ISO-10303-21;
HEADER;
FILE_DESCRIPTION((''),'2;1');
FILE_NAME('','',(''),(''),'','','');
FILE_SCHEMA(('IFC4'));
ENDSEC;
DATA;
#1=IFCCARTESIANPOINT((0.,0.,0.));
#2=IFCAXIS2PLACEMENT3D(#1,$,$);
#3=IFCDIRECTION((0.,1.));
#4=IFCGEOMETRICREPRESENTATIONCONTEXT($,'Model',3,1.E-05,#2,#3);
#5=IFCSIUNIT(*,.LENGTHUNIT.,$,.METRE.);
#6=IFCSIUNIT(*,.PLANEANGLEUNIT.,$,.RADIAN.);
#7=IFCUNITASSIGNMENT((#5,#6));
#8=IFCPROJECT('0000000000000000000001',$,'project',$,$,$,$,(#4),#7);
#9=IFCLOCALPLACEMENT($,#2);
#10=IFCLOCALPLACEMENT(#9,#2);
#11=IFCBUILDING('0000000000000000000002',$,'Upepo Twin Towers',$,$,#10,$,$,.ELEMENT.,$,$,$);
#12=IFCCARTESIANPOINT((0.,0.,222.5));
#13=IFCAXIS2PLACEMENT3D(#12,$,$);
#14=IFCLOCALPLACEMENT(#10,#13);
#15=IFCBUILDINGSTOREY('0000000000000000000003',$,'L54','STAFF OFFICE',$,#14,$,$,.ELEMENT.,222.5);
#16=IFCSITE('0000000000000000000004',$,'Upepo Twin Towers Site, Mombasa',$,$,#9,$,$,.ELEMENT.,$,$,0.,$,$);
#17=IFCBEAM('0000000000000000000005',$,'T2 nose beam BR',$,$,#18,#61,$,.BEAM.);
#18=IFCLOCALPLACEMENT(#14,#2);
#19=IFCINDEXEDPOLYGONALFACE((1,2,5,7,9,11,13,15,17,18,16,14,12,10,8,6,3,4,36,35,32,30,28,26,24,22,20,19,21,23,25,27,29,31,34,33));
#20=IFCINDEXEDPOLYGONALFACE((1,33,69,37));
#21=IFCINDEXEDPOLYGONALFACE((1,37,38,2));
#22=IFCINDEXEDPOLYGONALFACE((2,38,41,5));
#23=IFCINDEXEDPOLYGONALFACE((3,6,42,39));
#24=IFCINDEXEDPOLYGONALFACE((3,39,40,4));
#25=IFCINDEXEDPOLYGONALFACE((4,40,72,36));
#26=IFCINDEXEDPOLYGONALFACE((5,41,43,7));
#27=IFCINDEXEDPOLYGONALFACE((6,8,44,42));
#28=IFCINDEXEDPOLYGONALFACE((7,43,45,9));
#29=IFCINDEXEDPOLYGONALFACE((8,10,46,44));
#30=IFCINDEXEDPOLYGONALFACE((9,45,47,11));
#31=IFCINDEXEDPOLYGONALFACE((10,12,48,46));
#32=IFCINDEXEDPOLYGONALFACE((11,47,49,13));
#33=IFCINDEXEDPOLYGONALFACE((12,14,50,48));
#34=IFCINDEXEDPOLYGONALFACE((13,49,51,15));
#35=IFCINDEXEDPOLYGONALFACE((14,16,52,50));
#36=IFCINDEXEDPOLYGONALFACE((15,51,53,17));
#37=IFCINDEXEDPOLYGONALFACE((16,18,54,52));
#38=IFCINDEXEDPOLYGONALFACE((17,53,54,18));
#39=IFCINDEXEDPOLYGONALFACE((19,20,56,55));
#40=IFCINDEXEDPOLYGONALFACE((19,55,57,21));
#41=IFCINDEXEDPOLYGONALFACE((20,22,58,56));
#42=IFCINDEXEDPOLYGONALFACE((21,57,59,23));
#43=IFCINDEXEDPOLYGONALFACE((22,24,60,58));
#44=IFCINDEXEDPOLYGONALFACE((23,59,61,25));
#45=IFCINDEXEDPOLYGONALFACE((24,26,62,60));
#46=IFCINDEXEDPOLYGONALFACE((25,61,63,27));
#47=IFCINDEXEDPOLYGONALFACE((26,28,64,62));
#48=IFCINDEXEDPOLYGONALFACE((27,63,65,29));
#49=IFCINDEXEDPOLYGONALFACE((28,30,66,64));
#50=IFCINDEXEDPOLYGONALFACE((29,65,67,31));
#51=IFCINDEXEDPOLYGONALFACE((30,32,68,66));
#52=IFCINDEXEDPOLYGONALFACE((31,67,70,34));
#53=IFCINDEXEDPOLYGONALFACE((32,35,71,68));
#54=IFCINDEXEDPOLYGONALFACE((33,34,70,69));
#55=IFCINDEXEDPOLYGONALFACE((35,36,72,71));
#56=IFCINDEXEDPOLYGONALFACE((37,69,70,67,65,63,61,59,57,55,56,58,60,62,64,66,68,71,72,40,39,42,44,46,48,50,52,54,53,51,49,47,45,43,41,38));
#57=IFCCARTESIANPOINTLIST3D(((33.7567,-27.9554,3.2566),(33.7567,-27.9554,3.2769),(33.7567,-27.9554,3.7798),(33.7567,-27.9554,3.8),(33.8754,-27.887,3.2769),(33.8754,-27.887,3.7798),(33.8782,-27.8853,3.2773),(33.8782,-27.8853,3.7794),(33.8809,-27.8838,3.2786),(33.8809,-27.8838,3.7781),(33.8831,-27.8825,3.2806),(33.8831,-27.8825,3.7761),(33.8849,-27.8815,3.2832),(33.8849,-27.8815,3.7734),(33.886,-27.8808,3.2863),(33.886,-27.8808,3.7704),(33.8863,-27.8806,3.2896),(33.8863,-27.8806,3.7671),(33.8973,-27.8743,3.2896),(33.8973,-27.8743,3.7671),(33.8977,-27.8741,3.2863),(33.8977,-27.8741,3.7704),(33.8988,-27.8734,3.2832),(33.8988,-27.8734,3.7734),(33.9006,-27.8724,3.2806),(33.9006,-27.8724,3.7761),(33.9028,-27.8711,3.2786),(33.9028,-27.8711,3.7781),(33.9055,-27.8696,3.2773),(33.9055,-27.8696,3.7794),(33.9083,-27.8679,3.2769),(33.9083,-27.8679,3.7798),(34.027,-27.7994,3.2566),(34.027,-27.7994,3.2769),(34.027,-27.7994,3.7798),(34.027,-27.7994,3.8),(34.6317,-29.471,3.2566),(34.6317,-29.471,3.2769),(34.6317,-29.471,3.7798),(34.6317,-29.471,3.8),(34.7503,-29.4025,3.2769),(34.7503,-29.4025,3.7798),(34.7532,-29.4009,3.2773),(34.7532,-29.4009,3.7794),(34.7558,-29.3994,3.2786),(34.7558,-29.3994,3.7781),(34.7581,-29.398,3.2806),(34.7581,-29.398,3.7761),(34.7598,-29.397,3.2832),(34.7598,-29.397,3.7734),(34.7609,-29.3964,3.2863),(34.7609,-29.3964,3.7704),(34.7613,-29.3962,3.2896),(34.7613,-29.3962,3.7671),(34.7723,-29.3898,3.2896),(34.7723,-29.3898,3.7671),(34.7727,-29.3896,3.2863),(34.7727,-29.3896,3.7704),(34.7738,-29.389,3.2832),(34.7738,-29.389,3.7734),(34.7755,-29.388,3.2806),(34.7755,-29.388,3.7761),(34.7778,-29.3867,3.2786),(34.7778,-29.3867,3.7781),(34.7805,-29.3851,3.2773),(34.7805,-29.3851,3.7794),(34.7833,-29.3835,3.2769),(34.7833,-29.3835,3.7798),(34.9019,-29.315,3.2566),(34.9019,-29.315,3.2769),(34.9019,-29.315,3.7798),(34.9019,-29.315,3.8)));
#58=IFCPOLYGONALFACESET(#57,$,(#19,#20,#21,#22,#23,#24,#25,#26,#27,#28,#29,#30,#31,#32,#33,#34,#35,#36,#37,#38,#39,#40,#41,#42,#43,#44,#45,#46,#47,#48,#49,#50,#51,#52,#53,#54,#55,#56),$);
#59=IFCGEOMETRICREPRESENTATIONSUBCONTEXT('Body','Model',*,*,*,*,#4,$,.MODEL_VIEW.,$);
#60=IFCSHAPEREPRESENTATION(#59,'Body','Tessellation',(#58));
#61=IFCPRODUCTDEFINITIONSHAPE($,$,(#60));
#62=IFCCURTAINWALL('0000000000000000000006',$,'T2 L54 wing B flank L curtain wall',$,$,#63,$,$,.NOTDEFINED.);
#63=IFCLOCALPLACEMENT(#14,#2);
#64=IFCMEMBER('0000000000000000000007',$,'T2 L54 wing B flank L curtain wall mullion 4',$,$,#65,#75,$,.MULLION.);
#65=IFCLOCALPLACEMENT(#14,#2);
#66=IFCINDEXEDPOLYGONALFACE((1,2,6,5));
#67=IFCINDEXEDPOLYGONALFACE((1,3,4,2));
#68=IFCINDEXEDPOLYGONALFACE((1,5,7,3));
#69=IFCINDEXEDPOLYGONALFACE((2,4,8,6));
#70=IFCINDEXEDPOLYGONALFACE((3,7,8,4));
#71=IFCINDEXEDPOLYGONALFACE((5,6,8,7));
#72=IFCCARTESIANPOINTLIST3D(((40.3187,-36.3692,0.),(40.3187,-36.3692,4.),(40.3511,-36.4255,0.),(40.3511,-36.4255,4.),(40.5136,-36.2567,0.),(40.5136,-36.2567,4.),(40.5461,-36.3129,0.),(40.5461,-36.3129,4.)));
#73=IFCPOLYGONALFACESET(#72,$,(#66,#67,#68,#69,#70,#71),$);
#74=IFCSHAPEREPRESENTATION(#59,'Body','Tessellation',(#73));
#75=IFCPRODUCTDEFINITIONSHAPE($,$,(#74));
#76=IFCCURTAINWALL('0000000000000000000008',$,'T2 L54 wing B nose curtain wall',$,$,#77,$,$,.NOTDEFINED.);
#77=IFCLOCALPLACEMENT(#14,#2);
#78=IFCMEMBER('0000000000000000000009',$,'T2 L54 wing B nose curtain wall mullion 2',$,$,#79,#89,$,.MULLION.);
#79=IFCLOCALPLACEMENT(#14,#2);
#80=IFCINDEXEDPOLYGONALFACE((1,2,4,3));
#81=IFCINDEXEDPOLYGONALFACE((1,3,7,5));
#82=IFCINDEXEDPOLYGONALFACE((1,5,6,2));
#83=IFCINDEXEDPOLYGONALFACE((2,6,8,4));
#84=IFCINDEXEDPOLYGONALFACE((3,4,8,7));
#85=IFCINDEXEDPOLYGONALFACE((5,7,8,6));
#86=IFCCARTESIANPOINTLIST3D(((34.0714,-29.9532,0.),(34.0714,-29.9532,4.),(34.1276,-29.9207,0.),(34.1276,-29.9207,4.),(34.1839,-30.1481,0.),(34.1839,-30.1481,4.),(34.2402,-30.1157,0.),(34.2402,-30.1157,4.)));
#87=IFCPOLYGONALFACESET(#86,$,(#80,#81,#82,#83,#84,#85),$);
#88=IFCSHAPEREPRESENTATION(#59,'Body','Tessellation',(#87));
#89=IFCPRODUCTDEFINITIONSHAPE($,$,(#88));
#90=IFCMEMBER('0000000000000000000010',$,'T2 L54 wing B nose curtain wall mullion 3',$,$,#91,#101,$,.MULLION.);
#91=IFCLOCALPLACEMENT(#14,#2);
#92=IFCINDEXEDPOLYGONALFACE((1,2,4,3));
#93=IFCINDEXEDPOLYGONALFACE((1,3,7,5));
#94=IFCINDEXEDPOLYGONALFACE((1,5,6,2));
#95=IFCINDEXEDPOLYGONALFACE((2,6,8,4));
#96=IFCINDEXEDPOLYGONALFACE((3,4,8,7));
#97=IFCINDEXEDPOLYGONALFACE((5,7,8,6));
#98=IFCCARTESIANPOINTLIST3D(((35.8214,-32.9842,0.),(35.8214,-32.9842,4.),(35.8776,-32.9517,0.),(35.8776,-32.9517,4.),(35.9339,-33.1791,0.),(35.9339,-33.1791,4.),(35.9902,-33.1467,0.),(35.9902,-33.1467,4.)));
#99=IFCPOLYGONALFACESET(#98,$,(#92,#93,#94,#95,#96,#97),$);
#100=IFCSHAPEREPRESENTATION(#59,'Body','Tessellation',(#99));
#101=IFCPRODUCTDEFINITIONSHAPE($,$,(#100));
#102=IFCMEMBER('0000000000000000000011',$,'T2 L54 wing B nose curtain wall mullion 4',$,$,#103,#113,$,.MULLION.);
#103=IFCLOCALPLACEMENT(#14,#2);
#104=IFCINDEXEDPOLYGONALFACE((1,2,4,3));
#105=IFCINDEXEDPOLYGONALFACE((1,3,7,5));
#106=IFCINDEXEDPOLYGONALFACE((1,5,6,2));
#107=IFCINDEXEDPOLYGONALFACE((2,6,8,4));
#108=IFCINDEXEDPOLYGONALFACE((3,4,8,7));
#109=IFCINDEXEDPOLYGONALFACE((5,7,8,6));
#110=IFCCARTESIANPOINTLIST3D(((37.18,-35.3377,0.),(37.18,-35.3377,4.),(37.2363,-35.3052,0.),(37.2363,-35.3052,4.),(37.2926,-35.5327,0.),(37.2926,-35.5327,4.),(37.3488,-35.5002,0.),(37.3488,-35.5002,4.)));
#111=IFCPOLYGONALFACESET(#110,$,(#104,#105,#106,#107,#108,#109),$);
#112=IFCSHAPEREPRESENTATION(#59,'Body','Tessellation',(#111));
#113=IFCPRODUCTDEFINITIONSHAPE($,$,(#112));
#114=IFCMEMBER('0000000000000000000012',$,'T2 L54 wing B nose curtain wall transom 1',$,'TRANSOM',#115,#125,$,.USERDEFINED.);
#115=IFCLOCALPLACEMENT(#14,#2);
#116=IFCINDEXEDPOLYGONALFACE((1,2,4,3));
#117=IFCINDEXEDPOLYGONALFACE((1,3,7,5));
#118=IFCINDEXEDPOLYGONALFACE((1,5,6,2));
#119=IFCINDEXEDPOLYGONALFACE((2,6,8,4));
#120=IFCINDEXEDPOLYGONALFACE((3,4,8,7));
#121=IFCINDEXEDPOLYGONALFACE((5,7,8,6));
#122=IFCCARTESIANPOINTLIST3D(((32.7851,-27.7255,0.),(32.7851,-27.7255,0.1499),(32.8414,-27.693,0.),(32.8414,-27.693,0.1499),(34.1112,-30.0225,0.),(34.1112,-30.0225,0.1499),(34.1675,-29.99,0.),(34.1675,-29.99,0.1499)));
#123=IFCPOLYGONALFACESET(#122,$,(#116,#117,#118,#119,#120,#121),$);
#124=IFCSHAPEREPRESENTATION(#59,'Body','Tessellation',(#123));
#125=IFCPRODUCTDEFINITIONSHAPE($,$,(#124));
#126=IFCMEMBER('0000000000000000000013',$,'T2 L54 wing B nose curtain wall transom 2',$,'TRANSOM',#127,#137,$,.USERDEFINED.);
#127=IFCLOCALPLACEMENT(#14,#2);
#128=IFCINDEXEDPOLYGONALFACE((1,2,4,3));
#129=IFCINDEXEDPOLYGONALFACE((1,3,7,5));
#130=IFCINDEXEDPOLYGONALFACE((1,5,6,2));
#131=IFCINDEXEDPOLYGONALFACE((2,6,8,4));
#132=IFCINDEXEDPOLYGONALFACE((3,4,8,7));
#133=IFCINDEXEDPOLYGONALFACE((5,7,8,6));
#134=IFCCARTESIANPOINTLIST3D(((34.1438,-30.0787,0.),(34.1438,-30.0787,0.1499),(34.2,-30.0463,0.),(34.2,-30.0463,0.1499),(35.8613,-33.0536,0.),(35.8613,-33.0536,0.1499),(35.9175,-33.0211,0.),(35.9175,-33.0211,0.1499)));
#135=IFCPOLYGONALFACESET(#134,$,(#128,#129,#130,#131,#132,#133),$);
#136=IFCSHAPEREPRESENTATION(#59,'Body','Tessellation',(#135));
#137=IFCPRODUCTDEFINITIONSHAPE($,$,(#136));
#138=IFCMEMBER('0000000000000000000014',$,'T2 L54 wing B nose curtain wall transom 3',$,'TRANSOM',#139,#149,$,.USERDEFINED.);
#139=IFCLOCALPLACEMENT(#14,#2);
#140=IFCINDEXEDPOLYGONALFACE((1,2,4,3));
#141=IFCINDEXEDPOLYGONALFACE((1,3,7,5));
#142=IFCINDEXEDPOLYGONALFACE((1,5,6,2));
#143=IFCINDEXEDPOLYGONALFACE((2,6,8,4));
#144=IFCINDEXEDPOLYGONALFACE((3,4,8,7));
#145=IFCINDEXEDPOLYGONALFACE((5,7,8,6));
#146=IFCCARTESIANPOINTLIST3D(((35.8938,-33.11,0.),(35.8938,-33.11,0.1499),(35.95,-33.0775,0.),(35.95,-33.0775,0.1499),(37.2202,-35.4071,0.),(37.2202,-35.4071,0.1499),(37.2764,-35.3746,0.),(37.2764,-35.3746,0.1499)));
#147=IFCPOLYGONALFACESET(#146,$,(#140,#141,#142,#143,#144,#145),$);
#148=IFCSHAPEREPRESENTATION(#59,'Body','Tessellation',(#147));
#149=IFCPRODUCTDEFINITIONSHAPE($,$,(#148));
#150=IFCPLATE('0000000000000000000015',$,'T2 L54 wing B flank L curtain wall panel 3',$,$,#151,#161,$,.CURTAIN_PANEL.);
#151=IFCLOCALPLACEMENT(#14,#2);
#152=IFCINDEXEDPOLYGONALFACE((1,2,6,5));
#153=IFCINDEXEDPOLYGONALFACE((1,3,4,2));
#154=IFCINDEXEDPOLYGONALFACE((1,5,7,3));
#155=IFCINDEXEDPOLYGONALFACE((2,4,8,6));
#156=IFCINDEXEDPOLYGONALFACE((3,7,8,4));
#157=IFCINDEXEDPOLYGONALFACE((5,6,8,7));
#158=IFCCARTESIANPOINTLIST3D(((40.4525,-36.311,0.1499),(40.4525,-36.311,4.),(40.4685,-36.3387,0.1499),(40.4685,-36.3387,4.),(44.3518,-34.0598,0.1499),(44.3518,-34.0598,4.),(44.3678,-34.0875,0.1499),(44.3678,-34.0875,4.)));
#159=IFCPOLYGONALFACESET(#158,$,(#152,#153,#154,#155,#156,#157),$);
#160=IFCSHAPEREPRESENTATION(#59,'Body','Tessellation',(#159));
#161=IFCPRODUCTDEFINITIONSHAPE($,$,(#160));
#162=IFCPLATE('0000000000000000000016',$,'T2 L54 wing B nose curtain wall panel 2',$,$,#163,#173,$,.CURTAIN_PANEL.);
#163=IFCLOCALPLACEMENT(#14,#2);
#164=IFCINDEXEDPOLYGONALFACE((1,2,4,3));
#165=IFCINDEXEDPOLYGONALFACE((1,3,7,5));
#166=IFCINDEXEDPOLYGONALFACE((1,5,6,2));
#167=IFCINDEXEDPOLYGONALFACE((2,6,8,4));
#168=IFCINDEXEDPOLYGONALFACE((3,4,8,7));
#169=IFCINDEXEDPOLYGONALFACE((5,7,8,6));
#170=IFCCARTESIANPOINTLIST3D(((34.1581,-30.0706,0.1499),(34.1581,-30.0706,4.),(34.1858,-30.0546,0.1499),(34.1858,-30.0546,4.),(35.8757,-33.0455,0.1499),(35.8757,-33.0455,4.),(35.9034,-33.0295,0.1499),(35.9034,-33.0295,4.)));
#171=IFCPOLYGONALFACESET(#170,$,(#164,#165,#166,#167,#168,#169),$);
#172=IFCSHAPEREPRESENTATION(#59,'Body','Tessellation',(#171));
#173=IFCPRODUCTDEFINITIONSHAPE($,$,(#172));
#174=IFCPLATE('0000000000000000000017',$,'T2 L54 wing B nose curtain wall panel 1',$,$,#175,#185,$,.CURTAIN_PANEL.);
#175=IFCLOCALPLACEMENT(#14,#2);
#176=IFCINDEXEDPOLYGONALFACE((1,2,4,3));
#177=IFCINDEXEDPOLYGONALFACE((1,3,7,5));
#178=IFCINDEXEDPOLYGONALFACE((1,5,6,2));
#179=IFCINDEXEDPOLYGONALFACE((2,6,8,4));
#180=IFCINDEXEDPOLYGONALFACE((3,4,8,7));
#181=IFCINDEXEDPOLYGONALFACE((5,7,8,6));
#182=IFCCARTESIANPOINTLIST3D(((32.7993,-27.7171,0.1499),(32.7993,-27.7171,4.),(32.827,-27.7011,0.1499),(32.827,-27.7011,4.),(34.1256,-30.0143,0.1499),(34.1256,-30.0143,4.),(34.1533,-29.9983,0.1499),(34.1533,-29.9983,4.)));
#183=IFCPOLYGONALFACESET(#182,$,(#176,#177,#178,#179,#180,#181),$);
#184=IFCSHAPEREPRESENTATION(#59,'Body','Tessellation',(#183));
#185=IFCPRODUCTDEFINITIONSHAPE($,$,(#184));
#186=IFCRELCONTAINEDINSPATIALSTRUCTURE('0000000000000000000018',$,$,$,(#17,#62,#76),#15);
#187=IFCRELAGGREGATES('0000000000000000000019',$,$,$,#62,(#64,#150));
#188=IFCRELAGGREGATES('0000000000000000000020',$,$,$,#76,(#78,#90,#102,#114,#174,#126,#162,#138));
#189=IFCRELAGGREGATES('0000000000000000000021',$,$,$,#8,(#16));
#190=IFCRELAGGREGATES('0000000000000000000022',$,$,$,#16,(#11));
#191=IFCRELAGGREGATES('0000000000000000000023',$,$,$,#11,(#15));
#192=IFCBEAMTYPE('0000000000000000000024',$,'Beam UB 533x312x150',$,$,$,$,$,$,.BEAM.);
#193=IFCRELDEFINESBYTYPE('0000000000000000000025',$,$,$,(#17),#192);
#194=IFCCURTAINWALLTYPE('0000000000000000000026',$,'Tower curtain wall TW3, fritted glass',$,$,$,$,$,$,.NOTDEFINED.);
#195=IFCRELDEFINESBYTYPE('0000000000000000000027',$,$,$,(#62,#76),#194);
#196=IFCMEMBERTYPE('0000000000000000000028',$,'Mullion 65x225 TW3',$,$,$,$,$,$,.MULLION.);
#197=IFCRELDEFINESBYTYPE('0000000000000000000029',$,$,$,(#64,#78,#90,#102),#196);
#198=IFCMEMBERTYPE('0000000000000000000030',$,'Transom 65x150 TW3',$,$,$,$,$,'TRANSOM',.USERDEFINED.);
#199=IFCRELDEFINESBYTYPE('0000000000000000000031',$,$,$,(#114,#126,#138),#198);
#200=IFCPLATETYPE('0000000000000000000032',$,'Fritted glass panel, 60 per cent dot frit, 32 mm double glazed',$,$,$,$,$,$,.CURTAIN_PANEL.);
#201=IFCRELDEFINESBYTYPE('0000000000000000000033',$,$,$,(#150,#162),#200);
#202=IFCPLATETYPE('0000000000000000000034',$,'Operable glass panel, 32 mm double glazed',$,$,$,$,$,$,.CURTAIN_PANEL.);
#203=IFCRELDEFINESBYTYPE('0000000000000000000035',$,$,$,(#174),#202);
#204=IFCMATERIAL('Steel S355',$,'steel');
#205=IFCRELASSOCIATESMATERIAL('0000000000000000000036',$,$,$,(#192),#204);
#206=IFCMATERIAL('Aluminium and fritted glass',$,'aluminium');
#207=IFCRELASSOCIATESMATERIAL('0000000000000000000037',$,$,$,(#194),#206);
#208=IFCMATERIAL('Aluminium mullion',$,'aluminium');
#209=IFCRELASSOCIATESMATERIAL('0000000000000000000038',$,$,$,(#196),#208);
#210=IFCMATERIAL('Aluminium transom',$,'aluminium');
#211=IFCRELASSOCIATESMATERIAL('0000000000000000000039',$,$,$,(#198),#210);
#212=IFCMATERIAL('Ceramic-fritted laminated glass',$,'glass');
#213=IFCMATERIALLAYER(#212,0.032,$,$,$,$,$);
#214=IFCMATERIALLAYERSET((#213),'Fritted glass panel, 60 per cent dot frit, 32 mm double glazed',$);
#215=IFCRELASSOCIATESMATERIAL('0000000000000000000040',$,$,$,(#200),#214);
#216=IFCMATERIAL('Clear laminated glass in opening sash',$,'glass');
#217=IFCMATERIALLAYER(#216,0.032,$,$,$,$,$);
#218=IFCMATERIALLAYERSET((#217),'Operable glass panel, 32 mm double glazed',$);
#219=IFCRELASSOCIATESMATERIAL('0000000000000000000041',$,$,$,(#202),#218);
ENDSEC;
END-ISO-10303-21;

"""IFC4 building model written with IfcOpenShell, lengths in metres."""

from ifc_helpers import new_model, si_unit, direction, frame, origin, origin_2d, place, context, subcontext, project, spatial, rectangle, i_section, extrude, material, layer, layer_set, material_profile, profile_set, type_object, element, aggregate, save


model = new_model("IFC4")

# Units and contexts
model_context = context("Model", 3, precision=1e-05, world=origin(), true_north=direction((0.0, 1.0)))
body_context = subcontext(model_context, "Body", "Model", "MODEL_VIEW")
ifc_project = project(units=[si_unit("LENGTHUNIT", "METRE"), si_unit("PLANEANGLEUNIT", "RADIAN")], contexts=[model_context])

# Site, building, storey
site_placement = place(None, origin())
site = spatial("IfcSite", under=ifc_project, at=site_placement, Name="Upepo Twin Towers Site, Mombasa", CompositionType="ELEMENT", RefElevation=0.0)
building_placement = place(site_placement, origin())
building = spatial("IfcBuilding", under=site, at=building_placement, Name="Upepo Twin Towers", CompositionType="ELEMENT")
storey_placement = place(building_placement, frame((0.0, 0.0, 222.5)))
storey = spatial("IfcBuildingStorey", under=building, at=storey_placement, Name="L54", Description="STAFF OFFICE", CompositionType="ELEMENT", Elevation=222.5)

# Beam
ifc_material_1 = material(Name="Steel S355", Category="steel")
ifc_material_profile_1 = material_profile(ifc_material_1, i_section(OverallWidth=0.312, OverallDepth=0.5435, WebThickness=0.0127, FlangeThickness=0.0203, FilletRadius=0.0127, at=origin_2d()), Name="UB 533x312x150")
ifc_profile_set_1 = profile_set([ifc_material_profile_1], Name="Steel S355")
beam_type_1 = type_object("IfcBeamType", Name="Beam UB 533x312x150", PredefinedType="BEAM", material=ifc_profile_set_1)
for number, where, z_axis, x_axis, name in (
    (1, (33.8918, -27.8774, 3.5283), (0.49998, -0.866037, 0.0), (0.866037, 0.49998, 0.0), "T2 nose beam BR"),
):
    element("IfcBeam", number, at=place(storey_placement, frame(where, z_axis=z_axis, x_axis=x_axis)), inside=storey, type_object=beam_type_1, Name=name, PredefinedType="BEAM", context=body_context, shape_type="SweptSolid", body=[
        extrude(i_section(OverallWidth=0.312, OverallDepth=0.5435, WebThickness=0.0127, FlangeThickness=0.0203, FilletRadius=0.0127, at=origin_2d()), origin(), (0.0, 0.0, 1.0), 1.75),
    ])

# Curtain wall, member
ifc_material_2 = material(Name="Aluminium and fritted glass", Category="aluminium")
curtain_wall_type = type_object("IfcCurtainWallType", Name="Tower curtain wall TW3, fritted glass", PredefinedType="NOTDEFINED", material=ifc_material_2)
curtain_wall_1_placement = place(storey_placement, origin())
curtain_wall_1 = element("IfcCurtainWall", 2, at=curtain_wall_1_placement, inside=storey, type_object=curtain_wall_type, Name="T2 L54 wing B flank L curtain wall", PredefinedType="NOTDEFINED")
ifc_material_3 = material(Name="Aluminium mullion", Category="aluminium")
ifc_material_profile_2 = material_profile(ifc_material_3, rectangle(XDim=0.0649, YDim=0.2251, at=origin_2d()), Name="MULLION 65x225")
ifc_profile_set_2 = profile_set([ifc_material_profile_2], Name="Aluminium mullion")
member_type_1 = type_object("IfcMemberType", Name="Mullion 65x225 TW3", PredefinedType="MULLION", material=ifc_profile_set_2)
member_1_placement = place(storey_placement, frame((40.4324, -36.3411, 0.0), z_axis=(0.0, 0.0, 1.0), x_axis=(0.5, -0.866025, 0.0)))
member_1 = element("IfcMember", 3, at=member_1_placement, type_object=member_type_1, Name="T2 L54 wing B flank L curtain wall mullion 4", PredefinedType="MULLION", context=body_context, shape_type="SweptSolid", body=[
    extrude(rectangle(XDim=0.0649, YDim=0.2251, at=origin_2d()), origin(), (0.0, 0.0, 1.0), 4.0),
])

# Curtain wall, members
curtain_wall_2_placement = place(storey_placement, origin())
curtain_wall_2 = element("IfcCurtainWall", 4, at=curtain_wall_2_placement, inside=storey, type_object=curtain_wall_type, Name="T2 L54 wing B nose curtain wall", PredefinedType="NOTDEFINED")
member_2_placement = place(storey_placement, frame((34.1558, -30.0344, 0.0), z_axis=(0.0, 0.0, 1.0), x_axis=(0.866025, 0.5, 0.0)))
member_2 = element("IfcMember", 5, at=member_2_placement, type_object=member_type_1, Name="T2 L54 wing B nose curtain wall mullion 2", PredefinedType="MULLION", context=body_context, shape_type="SweptSolid", body=[
    extrude(rectangle(XDim=0.0649, YDim=0.2251, at=origin_2d()), origin(), (0.0, 0.0, 1.0), 4.0),
])
member_3_placement = place(storey_placement, frame((35.9058, -33.0654, 0.0), z_axis=(0.0, 0.0, 1.0), x_axis=(0.866025, 0.5, 0.0)))
member_3 = element("IfcMember", 6, at=member_3_placement, type_object=member_type_1, Name="T2 L54 wing B nose curtain wall mullion 3", PredefinedType="MULLION", context=body_context, shape_type="SweptSolid", body=[
    extrude(rectangle(XDim=0.0649, YDim=0.2251, at=origin_2d()), origin(), (0.0, 0.0, 1.0), 4.0),
])
member_4_placement = place(storey_placement, frame((37.2644, -35.4189, 0.0), z_axis=(0.0, 0.0, 1.0), x_axis=(0.866025, 0.5, 0.0)))
member_4 = element("IfcMember", 7, at=member_4_placement, type_object=member_type_1, Name="T2 L54 wing B nose curtain wall mullion 4", PredefinedType="MULLION", context=body_context, shape_type="SweptSolid", body=[
    extrude(rectangle(XDim=0.0649, YDim=0.2251, at=origin_2d()), origin(), (0.0, 0.0, 1.0), 4.0),
])
ifc_material_4 = material(Name="Aluminium transom", Category="aluminium")
ifc_material_profile_3 = material_profile(ifc_material_4, rectangle(XDim=0.0649, YDim=0.1499, at=origin_2d()), Name="TRANSOM 65x150")
ifc_profile_set_3 = profile_set([ifc_material_profile_3], Name="Aluminium transom")
member_type_2 = type_object("IfcMemberType", Name="Transom 65x150 TW3", ElementType="TRANSOM", PredefinedType="USERDEFINED", material=ifc_profile_set_3)
member_5_placement = place(storey_placement, frame((32.8132, -27.7092, 0.075), z_axis=(0.49998, -0.866037, 0.0), x_axis=(0.866037, 0.49998, 0.0)))
member_5 = element("IfcMember", 8, at=member_5_placement, type_object=member_type_2, Name="T2 L54 wing B nose curtain wall transom 1", ObjectType="TRANSOM", PredefinedType="USERDEFINED", context=body_context, shape_type="SweptSolid", body=[
    extrude(rectangle(XDim=0.0649, YDim=0.1499, at=origin_2d()), origin(), (0.0, 0.0, 1.0), 2.6523),
])
member_6_placement = place(storey_placement, frame((34.1719, -30.0625, 0.075), z_axis=(0.499999, -0.866026, 0.0), x_axis=(0.866026, 0.499999, 0.0)))
member_6 = element("IfcMember", 9, at=member_6_placement, type_object=member_type_2, Name="T2 L54 wing B nose curtain wall transom 2", ObjectType="TRANSOM", PredefinedType="USERDEFINED", context=body_context, shape_type="SweptSolid", body=[
    extrude(rectangle(XDim=0.0649, YDim=0.1499, at=origin_2d()), origin(), (0.0, 0.0, 1.0), 3.4351),
])
member_7_placement = place(storey_placement, frame((35.9219, -33.0938, 0.075), z_axis=(0.500049, -0.865997, 0.0), x_axis=(0.865997, 0.500049, 0.0)))
member_7 = element("IfcMember", 10, at=member_7_placement, type_object=member_type_2, Name="T2 L54 wing B nose curtain wall transom 3", ObjectType="TRANSOM", PredefinedType="USERDEFINED", context=body_context, shape_type="SweptSolid", body=[
    extrude(rectangle(XDim=0.0649, YDim=0.1499, at=origin_2d()), origin(), (0.0, 0.0, 1.0), 2.6526),
])

# Plates
ifc_material_5 = material(Name="Ceramic-fritted laminated glass", Category="glass")
ifc_layer_1 = layer(ifc_material_5, 0.032)
ifc_layer_set_1 = layer_set([ifc_layer_1], Name="Fritted glass panel, 60 per cent dot frit, 32 mm double glazed")
plate_type_1 = type_object("IfcPlateType", Name="Fritted glass panel, 60 per cent dot frit, 32 mm double glazed", PredefinedType="CURTAIN_PANEL", material=ifc_layer_set_1)
plate_1_placement = place(storey_placement, frame((42.4102, -35.1992, 0.1499), z_axis=(0.0, 0.0, 1.0), x_axis=(-0.866025, -0.5, 0.0)))
plate_1 = element("IfcPlate", 11, at=plate_1_placement, type_object=plate_type_1, Name="T2 L54 wing B flank L curtain wall panel 3", PredefinedType="CURTAIN_PANEL", context=body_context, shape_type="SweptSolid", body=[
    extrude(rectangle(XDim=4.5024, YDim=0.032, at=origin_2d()), origin(), (0.0, 0.0, 1.0), 3.8501),
])
aggregate(curtain_wall_1, [member_1, plate_1])
plate_2_placement = place(storey_placement, frame((35.0308, -31.55, 0.1499), z_axis=(0.0, 0.0, 1.0), x_axis=(0.5, -0.866025, 0.0)))
plate_2 = element("IfcPlate", 12, at=plate_2_placement, type_object=plate_type_1, Name="T2 L54 wing B nose curtain wall panel 2", PredefinedType="CURTAIN_PANEL", context=body_context, shape_type="SweptSolid", body=[
    extrude(rectangle(XDim=3.4351, YDim=0.032, at=origin_2d()), origin(), (0.0, 0.0, 1.0), 3.8501),
])
ifc_material_6 = material(Name="Clear laminated glass in opening sash", Category="glass")
ifc_layer_2 = layer(ifc_material_6, 0.032)
ifc_layer_set_2 = layer_set([ifc_layer_2], Name="Operable glass panel, 32 mm double glazed")
plate_type_2 = type_object("IfcPlateType", Name="Operable glass panel, 32 mm double glazed", PredefinedType="CURTAIN_PANEL", material=ifc_layer_set_2)
plate_3_placement = place(storey_placement, frame((33.4763, -28.8577, 0.1499), z_axis=(0.0, 0.0, 1.0), x_axis=(0.5, -0.866025, 0.0)))
plate_3 = element("IfcPlate", 13, at=plate_3_placement, type_object=plate_type_2, Name="T2 L54 wing B nose curtain wall panel 1", PredefinedType="CURTAIN_PANEL", context=body_context, shape_type="SweptSolid", body=[
    extrude(rectangle(XDim=2.6526, YDim=0.032, at=origin_2d()), origin(), (0.0, 0.0, 1.0), 3.8501),
])
aggregate(curtain_wall_2, [member_2, member_3, member_4, member_5, plate_3, member_6, plate_2, member_7])

save(model, "model.ifc")
